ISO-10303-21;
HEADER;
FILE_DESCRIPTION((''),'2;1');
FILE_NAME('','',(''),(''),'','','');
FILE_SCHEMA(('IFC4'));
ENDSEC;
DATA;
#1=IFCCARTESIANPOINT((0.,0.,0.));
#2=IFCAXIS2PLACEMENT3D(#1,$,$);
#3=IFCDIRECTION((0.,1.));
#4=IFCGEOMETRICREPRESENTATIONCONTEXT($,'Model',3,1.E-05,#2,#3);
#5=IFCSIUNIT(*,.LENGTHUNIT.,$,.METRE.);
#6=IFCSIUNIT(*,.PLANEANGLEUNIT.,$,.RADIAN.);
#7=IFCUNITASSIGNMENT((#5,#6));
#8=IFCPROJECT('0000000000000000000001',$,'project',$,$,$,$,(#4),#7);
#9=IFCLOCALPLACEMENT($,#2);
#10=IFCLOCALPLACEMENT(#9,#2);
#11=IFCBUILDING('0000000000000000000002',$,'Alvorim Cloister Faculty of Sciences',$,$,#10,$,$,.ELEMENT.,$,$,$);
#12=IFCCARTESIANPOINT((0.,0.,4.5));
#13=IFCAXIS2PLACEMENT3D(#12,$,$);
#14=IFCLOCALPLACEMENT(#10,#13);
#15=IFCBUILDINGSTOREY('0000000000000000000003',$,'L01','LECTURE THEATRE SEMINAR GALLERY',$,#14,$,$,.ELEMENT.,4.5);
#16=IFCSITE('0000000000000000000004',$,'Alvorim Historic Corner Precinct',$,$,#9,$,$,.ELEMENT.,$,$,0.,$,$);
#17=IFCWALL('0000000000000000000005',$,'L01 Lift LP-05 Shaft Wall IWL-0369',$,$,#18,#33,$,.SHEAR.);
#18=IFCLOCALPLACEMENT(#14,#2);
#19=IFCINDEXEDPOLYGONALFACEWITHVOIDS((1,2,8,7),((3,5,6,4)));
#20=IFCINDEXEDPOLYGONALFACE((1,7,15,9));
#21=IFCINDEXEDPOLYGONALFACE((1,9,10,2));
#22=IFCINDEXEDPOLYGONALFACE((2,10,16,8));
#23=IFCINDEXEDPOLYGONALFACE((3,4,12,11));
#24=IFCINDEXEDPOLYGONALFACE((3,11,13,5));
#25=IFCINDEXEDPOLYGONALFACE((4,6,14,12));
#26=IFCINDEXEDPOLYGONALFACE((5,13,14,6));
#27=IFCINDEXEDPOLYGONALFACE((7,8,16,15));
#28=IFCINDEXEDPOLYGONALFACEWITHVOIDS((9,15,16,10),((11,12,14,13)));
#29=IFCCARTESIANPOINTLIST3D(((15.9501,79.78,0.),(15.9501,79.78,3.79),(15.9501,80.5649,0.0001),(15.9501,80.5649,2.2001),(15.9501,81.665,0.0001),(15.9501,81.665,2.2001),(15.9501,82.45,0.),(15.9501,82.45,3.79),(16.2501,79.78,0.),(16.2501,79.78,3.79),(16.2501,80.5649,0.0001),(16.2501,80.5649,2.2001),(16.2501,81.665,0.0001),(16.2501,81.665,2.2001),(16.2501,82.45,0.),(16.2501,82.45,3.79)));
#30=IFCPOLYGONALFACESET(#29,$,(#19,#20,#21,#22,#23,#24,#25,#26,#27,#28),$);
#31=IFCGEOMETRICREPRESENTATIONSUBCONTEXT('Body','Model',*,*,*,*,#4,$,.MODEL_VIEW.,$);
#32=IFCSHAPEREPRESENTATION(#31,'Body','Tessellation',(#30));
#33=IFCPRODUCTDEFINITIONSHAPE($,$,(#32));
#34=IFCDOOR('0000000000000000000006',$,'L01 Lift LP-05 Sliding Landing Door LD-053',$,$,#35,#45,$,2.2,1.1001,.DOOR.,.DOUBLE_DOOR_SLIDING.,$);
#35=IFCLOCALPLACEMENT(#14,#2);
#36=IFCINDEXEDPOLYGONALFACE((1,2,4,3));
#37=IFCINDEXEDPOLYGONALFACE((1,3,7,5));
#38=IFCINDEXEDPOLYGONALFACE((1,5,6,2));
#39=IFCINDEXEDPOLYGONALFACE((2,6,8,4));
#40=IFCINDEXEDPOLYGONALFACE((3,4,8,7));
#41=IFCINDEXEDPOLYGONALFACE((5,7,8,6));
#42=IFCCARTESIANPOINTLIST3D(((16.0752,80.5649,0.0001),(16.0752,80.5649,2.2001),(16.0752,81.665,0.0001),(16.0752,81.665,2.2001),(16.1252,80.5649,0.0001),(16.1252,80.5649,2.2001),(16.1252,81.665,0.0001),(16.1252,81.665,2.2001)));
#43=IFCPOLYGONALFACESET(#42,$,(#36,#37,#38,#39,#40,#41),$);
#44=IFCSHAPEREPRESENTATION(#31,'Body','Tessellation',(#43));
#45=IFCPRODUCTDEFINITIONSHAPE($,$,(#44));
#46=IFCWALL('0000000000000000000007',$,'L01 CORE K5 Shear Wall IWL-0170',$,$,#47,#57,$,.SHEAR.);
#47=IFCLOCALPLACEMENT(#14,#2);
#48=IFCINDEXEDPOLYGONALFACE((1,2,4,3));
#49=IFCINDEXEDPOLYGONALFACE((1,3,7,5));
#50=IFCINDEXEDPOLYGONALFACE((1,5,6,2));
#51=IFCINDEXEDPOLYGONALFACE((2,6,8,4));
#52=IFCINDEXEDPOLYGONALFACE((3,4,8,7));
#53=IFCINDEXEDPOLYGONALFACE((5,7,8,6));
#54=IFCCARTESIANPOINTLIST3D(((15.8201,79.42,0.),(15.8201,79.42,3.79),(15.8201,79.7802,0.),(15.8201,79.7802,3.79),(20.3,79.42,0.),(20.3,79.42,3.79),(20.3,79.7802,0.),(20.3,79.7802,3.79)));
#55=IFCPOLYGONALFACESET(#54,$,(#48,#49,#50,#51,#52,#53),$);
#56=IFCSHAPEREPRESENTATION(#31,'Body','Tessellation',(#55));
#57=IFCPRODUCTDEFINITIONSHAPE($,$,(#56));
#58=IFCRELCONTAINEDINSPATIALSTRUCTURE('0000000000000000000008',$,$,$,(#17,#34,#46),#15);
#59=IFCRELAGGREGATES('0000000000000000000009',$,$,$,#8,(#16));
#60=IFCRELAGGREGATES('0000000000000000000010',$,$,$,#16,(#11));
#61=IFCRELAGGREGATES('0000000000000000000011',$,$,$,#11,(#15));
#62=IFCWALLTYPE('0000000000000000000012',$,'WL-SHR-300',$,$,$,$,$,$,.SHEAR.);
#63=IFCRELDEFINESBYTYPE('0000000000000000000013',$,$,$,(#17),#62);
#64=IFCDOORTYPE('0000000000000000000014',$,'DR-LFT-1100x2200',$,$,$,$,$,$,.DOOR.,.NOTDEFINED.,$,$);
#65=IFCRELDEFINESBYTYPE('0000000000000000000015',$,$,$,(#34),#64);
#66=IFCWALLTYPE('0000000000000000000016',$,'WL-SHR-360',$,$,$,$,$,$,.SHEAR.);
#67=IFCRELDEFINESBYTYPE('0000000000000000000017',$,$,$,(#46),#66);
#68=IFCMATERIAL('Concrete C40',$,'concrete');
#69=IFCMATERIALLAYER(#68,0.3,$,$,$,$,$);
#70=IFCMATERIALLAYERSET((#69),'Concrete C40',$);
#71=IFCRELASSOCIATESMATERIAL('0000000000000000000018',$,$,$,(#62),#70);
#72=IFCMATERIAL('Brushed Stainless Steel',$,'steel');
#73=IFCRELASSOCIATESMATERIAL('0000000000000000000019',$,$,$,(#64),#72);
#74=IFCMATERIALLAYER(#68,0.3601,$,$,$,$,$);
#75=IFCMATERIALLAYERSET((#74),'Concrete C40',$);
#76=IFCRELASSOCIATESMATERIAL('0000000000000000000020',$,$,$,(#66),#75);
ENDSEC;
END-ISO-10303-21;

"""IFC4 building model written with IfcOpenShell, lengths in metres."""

from ifc_helpers import new_model, si_unit, direction, frame, frame_2d, origin, place, context, subcontext, project, spatial, rectangle, extrude, material, layer, layer_set, type_object, element, fill, save


model = new_model("IFC4")

# Units and contexts
model_context = context("Model", 3, precision=1e-05, world=origin(), true_north=direction((0.0, 1.0)))
body_context = subcontext(model_context, "Body", "Model", "MODEL_VIEW")
ifc_project = project(units=[si_unit("LENGTHUNIT", "METRE"), si_unit("PLANEANGLEUNIT", "RADIAN")], contexts=[model_context])

# Site, building, storey
site_placement = place(None, origin())
site = spatial("IfcSite", under=ifc_project, at=site_placement, Name="Alvorim Historic Corner Precinct", CompositionType="ELEMENT", RefElevation=0.0)
building_placement = place(site_placement, origin())
building = spatial("IfcBuilding", under=site, at=building_placement, Name="Alvorim Cloister Faculty of Sciences", CompositionType="ELEMENT")
storey_placement = place(building_placement, frame((0.0, 0.0, 4.5)))
storey = spatial("IfcBuildingStorey", under=building, at=storey_placement, Name="L01", Description="LECTURE THEATRE SEMINAR GALLERY", CompositionType="ELEMENT", Elevation=4.5)

# Shared definitions
ifc_material_1 = material(Name="Concrete C40", Category="concrete")

# Shared definitions
ifc_layer_1 = layer(ifc_material_1, 0.3)
ifc_layer_set_1 = layer_set([ifc_layer_1], Name="Concrete C40")
wall_type_1 = type_object("IfcWallType", Name="WL-SHR-300", PredefinedType="SHEAR", material=ifc_layer_set_1)

# Wall, opening, door
wall_1_placement = place(storey_placement, frame((16.1001, 79.78, 0.0), z_axis=(0.0, 0.0, 1.0), x_axis=(0.0, 1.0, 0.0)))
wall_1 = element("IfcWall", 1, at=wall_1_placement, inside=storey, type_object=wall_type_1, Name="L01 Lift LP-05 Shaft Wall IWL-0369", PredefinedType="SHEAR", context=body_context, shape_type="SweptSolid", body=[
    extrude(rectangle(XDim=2.6699, YDim=0.3, at=frame_2d((1.335, 0.0))), origin(), (0.0, 0.0, 1.0), 3.79),
])
opening_1_placement = place(wall_1_placement, frame((0.7849, 0.0, 0.0)))
opening_1 = element("IfcOpeningElement", 2, at=opening_1_placement, cuts=wall_1, PredefinedType="OPENING", context=body_context, shape_type="SweptSolid", body=[
    extrude(rectangle(XDim=1.1001, YDim=2.2, at=frame_2d((0.55, 1.1001))), frame((0.0, 0.1621, 0.0), z_axis=(0.0, -1.0, 0.0), x_axis=(1.0, 0.0, 0.0)), (0.0, 0.0, 1.0), 0.324),
])
ifc_material_2 = material(Name="Brushed Stainless Steel", Category="steel")
door_type_1 = type_object("IfcDoorType", Name="DR-LFT-1100x2200", OperationType="NOTDEFINED", PredefinedType="DOOR", material=ifc_material_2)
door_1_placement = place(opening_1_placement, origin())
door_1 = element("IfcDoor", 3, at=door_1_placement, inside=storey, type_object=door_type_1, Name="L01 Lift LP-05 Sliding Landing Door LD-053", OperationType="DOUBLE_DOOR_SLIDING", OverallHeight=2.2, OverallWidth=1.1001, PredefinedType="DOOR", context=body_context, shape_type="SweptSolid", body=[
    extrude(rectangle(XDim=1.1001, YDim=2.2, at=frame_2d((0.55, 1.1001))), frame((0.0, 0.0249, 0.0), z_axis=(0.0, -1.0, 0.0), x_axis=(1.0, 0.0, 0.0)), (0.0, 0.0, 1.0), 0.05),
])
fill(opening_1, door_1)

# Wall
ifc_layer_2 = layer(ifc_material_1, 0.3601)
ifc_layer_set_2 = layer_set([ifc_layer_2], Name="Concrete C40")
wall_type_2 = type_object("IfcWallType", Name="WL-SHR-360", PredefinedType="SHEAR", material=ifc_layer_set_2)
wall_2_placement = place(storey_placement, frame((15.8201, 79.6001, 0.0), z_axis=(0.0, 0.0, 1.0), x_axis=(1.0, 0.0, 0.0)))
element("IfcWall", 4, at=wall_2_placement, inside=storey, type_object=wall_type_2, Name="L01 CORE K5 Shear Wall IWL-0170", PredefinedType="SHEAR", context=body_context, shape_type="SweptSolid", body=[
    extrude(rectangle(XDim=4.48, YDim=0.3601, at=frame_2d((2.24, 0.0))), origin(), (0.0, 0.0, 1.0), 3.79),
])

save(model, "model.ifc")
